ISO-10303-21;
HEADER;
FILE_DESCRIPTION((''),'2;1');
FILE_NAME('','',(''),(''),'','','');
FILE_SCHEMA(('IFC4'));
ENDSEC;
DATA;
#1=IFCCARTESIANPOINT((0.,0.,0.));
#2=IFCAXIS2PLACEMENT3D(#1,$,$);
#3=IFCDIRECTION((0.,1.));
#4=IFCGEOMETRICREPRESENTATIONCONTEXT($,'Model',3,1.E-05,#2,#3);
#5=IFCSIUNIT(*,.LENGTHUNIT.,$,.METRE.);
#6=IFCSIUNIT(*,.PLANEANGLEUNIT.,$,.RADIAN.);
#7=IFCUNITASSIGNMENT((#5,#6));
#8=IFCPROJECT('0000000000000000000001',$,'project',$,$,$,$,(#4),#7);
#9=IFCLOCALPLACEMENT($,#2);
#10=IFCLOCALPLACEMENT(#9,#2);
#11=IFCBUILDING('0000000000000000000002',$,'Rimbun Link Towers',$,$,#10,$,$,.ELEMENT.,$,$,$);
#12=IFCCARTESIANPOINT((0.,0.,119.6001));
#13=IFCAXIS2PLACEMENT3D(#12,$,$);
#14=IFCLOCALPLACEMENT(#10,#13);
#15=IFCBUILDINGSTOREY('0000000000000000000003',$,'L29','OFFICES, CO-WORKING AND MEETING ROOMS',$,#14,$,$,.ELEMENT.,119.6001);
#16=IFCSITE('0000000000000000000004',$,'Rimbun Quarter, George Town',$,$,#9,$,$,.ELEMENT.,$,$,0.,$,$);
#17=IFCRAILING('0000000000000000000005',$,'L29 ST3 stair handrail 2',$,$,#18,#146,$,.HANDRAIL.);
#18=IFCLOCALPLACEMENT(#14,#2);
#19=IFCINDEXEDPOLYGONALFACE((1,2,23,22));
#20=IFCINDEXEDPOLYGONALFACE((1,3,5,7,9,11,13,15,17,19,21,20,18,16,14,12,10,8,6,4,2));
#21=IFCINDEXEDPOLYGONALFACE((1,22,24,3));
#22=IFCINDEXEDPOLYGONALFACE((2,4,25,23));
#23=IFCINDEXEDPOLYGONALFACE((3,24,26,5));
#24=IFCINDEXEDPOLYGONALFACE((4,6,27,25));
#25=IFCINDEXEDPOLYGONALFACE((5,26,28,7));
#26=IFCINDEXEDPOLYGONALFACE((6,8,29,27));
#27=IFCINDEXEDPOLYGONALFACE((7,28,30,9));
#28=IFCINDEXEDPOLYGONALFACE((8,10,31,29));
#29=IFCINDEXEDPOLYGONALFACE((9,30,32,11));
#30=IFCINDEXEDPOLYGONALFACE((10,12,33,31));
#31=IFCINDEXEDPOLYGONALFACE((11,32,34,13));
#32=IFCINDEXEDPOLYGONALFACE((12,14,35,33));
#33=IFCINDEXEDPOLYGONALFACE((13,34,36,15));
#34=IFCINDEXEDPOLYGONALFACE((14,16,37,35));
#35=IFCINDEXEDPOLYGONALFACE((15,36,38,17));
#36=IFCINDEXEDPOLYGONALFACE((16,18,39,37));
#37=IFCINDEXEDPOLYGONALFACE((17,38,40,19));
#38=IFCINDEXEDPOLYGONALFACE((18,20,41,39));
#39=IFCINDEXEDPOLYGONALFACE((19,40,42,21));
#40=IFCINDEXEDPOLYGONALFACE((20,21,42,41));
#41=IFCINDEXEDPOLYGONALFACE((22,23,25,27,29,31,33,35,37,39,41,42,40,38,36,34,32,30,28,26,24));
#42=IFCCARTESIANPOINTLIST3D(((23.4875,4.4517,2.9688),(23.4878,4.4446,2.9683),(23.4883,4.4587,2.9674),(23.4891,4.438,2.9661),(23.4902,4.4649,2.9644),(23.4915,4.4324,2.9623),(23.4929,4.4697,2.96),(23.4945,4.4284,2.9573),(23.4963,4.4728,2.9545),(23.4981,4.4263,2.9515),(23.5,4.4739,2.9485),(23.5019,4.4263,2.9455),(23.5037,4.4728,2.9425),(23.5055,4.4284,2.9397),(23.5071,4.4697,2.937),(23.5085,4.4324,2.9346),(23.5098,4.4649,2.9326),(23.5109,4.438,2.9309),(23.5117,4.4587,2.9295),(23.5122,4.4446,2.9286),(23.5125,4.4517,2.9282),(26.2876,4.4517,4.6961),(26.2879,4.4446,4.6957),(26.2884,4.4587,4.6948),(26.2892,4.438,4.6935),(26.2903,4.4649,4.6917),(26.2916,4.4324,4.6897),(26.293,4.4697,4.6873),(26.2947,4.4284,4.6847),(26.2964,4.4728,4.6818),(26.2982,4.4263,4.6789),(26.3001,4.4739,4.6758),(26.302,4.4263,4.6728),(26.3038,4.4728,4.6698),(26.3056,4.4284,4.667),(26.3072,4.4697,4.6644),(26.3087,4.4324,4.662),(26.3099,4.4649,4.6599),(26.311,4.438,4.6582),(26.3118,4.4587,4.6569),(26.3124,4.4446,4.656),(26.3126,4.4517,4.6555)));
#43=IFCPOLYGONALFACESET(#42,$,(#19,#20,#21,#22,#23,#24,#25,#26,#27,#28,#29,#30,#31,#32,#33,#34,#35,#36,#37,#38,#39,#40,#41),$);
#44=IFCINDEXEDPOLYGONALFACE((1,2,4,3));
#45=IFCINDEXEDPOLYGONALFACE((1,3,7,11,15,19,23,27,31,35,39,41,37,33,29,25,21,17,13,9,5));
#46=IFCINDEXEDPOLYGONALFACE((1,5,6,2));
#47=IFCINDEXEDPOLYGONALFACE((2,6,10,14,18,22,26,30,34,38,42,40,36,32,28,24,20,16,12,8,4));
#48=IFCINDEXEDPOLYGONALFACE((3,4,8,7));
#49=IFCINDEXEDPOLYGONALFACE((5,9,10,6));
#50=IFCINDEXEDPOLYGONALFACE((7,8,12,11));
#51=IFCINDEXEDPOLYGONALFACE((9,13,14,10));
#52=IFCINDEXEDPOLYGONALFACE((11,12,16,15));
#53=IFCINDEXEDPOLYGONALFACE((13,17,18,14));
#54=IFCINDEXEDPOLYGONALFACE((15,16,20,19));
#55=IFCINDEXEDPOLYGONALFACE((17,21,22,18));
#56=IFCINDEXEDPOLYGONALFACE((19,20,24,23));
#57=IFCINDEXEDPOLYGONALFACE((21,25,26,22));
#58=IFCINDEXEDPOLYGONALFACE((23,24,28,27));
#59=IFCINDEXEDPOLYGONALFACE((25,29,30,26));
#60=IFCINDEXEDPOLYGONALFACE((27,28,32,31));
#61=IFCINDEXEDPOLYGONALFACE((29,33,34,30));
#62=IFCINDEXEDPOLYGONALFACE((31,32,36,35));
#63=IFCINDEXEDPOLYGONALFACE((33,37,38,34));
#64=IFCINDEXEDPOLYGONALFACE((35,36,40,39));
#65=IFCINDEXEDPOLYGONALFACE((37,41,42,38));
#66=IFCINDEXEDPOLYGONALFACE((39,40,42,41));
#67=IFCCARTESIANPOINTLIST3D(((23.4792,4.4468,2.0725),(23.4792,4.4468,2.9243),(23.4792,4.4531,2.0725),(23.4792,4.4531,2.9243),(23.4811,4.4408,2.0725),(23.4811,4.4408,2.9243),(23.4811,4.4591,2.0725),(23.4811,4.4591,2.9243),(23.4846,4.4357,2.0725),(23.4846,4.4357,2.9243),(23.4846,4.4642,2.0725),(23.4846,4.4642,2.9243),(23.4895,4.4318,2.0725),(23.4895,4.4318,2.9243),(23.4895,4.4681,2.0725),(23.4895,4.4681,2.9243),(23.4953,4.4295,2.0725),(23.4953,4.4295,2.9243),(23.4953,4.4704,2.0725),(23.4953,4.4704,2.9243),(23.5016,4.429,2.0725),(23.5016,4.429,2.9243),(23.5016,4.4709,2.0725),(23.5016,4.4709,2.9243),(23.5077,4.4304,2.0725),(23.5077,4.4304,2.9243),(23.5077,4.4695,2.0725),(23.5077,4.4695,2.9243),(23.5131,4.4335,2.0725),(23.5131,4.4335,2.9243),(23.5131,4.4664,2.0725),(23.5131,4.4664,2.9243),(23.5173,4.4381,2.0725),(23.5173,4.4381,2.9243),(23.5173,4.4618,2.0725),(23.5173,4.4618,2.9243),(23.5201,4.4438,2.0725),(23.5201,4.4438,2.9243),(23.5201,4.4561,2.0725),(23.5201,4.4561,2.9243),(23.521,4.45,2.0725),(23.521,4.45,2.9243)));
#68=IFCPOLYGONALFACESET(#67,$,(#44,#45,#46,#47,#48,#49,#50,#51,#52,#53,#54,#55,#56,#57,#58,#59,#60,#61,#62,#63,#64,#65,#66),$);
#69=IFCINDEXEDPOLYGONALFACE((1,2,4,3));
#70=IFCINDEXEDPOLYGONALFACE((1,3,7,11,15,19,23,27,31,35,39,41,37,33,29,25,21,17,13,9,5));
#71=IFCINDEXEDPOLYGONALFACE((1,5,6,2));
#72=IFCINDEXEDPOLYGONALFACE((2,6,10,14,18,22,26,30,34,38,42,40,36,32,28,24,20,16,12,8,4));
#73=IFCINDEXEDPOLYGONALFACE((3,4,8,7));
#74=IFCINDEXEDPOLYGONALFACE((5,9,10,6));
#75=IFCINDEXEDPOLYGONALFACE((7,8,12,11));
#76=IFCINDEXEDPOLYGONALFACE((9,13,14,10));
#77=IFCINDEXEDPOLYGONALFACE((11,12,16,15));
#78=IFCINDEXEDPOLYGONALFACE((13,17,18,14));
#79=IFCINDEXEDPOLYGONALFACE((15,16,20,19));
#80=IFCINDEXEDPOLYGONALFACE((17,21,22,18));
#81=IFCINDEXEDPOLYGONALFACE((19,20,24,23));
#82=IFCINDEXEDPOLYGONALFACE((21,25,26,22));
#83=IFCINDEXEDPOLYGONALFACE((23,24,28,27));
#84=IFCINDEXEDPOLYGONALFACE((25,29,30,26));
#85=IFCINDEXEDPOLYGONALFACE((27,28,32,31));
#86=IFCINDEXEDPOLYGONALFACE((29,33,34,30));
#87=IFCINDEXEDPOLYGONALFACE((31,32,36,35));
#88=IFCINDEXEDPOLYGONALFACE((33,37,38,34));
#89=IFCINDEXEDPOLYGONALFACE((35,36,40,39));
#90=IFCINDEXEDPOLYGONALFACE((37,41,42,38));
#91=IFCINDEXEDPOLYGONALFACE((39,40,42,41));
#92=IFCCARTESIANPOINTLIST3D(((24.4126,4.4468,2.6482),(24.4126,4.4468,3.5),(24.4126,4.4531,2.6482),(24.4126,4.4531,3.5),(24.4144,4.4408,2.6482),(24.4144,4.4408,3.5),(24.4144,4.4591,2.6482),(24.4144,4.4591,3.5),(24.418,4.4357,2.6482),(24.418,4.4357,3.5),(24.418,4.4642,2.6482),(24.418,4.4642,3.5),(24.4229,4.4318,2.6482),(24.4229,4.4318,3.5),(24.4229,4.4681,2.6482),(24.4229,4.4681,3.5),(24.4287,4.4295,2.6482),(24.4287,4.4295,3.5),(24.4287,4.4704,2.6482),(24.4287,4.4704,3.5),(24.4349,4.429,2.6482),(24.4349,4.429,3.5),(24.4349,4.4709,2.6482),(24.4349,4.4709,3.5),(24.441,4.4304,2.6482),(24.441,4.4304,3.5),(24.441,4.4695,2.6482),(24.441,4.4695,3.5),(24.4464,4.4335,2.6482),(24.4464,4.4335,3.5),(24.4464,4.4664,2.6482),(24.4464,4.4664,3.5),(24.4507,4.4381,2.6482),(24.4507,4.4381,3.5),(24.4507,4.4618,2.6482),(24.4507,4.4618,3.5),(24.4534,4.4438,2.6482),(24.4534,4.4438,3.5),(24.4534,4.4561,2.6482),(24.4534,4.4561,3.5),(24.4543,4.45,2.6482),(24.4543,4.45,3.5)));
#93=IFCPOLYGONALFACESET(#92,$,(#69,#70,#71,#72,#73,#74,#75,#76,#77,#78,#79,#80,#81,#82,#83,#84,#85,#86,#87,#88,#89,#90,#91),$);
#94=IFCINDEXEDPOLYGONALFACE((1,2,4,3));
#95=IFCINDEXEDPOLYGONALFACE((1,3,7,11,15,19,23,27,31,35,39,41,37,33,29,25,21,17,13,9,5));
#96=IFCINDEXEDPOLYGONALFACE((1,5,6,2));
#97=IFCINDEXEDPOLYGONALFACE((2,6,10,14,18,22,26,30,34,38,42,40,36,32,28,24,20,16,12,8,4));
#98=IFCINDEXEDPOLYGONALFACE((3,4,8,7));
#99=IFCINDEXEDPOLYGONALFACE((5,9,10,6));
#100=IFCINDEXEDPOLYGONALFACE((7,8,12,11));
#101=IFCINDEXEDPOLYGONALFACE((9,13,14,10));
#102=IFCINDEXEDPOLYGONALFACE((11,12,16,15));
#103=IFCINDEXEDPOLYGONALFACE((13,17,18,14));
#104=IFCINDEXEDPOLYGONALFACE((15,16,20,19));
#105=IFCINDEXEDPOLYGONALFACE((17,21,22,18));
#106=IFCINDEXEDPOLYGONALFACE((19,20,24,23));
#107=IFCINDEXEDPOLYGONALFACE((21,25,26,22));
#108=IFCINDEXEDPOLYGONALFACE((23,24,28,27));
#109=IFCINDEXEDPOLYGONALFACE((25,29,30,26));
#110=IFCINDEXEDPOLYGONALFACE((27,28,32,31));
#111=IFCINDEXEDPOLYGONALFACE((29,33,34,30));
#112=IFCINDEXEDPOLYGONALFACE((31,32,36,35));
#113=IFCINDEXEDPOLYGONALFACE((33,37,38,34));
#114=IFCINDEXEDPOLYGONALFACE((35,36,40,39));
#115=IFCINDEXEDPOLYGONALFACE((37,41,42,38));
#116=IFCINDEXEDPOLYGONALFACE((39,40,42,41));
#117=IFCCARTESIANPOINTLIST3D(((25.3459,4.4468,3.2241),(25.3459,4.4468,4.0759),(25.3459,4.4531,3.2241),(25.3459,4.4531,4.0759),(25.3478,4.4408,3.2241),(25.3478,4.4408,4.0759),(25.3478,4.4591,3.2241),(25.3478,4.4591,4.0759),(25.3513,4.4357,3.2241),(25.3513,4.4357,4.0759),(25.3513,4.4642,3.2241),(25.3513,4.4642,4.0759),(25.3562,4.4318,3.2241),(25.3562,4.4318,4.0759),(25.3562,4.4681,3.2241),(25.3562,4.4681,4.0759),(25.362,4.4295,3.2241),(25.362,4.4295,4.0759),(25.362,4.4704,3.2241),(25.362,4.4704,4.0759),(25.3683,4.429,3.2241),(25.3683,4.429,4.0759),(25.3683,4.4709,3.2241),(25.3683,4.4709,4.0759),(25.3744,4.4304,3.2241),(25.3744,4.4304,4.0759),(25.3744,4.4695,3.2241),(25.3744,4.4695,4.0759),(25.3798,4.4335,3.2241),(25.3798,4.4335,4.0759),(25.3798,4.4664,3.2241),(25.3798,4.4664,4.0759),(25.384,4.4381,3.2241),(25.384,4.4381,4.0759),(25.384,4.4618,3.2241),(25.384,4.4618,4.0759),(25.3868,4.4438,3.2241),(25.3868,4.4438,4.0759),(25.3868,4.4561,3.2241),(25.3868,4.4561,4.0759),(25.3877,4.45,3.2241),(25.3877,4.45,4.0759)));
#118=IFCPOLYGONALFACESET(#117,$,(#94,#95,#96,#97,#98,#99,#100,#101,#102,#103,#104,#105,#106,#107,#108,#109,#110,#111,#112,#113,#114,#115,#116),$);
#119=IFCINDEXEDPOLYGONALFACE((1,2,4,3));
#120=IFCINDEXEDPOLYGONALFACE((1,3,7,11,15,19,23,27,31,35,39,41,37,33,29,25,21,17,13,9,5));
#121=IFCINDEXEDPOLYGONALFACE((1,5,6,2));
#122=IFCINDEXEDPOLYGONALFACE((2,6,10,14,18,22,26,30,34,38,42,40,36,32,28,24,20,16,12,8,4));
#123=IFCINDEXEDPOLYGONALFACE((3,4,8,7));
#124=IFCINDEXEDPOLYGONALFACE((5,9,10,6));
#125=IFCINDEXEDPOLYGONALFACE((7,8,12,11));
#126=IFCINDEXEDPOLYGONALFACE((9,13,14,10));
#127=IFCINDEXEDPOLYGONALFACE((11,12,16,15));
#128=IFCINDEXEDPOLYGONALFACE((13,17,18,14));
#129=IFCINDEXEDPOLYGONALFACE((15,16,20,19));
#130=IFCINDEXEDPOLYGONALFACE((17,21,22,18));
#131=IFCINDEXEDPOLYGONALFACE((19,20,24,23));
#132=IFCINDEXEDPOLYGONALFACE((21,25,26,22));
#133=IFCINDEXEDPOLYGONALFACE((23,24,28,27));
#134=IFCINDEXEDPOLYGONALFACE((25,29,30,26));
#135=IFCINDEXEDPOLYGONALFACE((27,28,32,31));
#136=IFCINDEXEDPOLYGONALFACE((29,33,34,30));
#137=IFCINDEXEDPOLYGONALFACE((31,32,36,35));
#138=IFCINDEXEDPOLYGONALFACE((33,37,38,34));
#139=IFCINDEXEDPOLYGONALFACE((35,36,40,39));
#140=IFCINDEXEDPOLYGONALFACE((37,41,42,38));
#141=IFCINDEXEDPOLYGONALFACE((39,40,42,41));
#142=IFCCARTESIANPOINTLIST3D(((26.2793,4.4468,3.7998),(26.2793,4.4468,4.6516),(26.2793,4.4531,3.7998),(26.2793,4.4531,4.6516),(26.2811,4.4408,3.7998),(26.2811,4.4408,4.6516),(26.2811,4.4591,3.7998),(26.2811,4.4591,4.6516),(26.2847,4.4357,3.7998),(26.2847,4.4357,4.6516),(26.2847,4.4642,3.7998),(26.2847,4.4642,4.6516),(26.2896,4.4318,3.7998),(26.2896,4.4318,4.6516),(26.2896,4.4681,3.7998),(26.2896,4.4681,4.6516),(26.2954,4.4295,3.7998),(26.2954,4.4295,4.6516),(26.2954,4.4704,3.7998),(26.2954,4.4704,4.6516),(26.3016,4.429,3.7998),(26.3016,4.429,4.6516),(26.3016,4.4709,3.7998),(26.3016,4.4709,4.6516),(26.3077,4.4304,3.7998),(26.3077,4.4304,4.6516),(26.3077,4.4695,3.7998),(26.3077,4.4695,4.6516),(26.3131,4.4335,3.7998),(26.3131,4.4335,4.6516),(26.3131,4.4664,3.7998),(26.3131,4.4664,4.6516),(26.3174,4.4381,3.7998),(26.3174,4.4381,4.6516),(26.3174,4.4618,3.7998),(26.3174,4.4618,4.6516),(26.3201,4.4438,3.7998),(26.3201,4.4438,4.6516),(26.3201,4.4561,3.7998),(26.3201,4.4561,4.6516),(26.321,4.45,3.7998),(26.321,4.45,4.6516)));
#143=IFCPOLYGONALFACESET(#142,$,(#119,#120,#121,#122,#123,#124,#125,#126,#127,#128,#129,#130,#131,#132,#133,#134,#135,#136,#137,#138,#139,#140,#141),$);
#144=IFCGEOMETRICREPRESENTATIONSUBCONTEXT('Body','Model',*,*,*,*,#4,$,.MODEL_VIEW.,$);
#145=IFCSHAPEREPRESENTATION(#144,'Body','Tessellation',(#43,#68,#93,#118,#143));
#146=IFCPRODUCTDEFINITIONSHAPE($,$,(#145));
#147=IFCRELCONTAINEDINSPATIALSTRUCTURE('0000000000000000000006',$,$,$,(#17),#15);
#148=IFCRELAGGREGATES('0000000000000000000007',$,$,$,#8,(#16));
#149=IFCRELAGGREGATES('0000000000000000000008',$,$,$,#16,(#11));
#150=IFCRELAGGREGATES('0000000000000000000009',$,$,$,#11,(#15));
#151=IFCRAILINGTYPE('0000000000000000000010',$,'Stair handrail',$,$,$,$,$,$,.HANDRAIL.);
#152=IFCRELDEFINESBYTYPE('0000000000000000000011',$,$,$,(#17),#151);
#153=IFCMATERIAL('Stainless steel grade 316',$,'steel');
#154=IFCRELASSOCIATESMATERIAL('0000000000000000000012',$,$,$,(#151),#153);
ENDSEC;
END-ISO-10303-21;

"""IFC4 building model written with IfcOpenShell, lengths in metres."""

from ifc_helpers import new_model, si_unit, direction, frame, origin, origin_2d, place, context, subcontext, project, spatial, circle, extrude, material, type_object, element, save


model = new_model("IFC4")

# Units and contexts
model_context = context("Model", 3, precision=1e-05, world=origin(), true_north=direction((0.0, 1.0)))
body_context = subcontext(model_context, "Body", "Model", "MODEL_VIEW")
ifc_project = project(units=[si_unit("LENGTHUNIT", "METRE"), si_unit("PLANEANGLEUNIT", "RADIAN")], contexts=[model_context])

# Site, building, storey
site_placement = place(None, origin())
site = spatial("IfcSite", under=ifc_project, at=site_placement, Name="Rimbun Quarter, George Town", CompositionType="ELEMENT", RefElevation=0.0)
building_placement = place(site_placement, origin())
building = spatial("IfcBuilding", under=site, at=building_placement, Name="Rimbun Link Towers", CompositionType="ELEMENT")
storey_placement = place(building_placement, frame((0.0, 0.0, 119.6001)))
storey = spatial("IfcBuildingStorey", under=building, at=storey_placement, Name="L29", Description="OFFICES, CO-WORKING AND MEETING ROOMS", CompositionType="ELEMENT", Elevation=119.6001)

# Railing
ifc_material_1 = material(Name="Stainless steel grade 316", Category="steel")
railing_type_1 = type_object("IfcRailingType", Name="Stair handrail", PredefinedType="HANDRAIL", material=ifc_material_1)
railing_1_placement = place(storey_placement, frame((23.5, 4.45, 2.0725)))
element("IfcRailing", 1, at=railing_1_placement, inside=storey, type_object=railing_type_1, Name="L29 ST3 stair handrail 2", PredefinedType="HANDRAIL", context=body_context, shape_type="SweptSolid", body=[
    extrude(circle(Radius=0.0239, at=origin_2d()), frame((0.0, 0.0, 0.876), z_axis=(0.85109, 0.0, 0.52502), x_axis=(0.0, 1.0, 0.0)), (0.0, 0.0, 1.0), 3.29),
    extrude(circle(Radius=0.021, at=origin_2d()), origin(), (0.0, 0.0, 1.0), 0.8518),
    extrude(circle(Radius=0.021, at=origin_2d()), frame((0.9333, 0.0, 0.5757)), (0.0, 0.0, 1.0), 0.8518),
    extrude(circle(Radius=0.021, at=origin_2d()), frame((1.8667, 0.0, 1.1516)), (0.0, 0.0, 1.0), 0.8518),
    extrude(circle(Radius=0.021, at=origin_2d()), frame((2.8, 0.0, 1.7273)), (0.0, 0.0, 1.0), 0.8518),
])

save(model, "model.ifc")
